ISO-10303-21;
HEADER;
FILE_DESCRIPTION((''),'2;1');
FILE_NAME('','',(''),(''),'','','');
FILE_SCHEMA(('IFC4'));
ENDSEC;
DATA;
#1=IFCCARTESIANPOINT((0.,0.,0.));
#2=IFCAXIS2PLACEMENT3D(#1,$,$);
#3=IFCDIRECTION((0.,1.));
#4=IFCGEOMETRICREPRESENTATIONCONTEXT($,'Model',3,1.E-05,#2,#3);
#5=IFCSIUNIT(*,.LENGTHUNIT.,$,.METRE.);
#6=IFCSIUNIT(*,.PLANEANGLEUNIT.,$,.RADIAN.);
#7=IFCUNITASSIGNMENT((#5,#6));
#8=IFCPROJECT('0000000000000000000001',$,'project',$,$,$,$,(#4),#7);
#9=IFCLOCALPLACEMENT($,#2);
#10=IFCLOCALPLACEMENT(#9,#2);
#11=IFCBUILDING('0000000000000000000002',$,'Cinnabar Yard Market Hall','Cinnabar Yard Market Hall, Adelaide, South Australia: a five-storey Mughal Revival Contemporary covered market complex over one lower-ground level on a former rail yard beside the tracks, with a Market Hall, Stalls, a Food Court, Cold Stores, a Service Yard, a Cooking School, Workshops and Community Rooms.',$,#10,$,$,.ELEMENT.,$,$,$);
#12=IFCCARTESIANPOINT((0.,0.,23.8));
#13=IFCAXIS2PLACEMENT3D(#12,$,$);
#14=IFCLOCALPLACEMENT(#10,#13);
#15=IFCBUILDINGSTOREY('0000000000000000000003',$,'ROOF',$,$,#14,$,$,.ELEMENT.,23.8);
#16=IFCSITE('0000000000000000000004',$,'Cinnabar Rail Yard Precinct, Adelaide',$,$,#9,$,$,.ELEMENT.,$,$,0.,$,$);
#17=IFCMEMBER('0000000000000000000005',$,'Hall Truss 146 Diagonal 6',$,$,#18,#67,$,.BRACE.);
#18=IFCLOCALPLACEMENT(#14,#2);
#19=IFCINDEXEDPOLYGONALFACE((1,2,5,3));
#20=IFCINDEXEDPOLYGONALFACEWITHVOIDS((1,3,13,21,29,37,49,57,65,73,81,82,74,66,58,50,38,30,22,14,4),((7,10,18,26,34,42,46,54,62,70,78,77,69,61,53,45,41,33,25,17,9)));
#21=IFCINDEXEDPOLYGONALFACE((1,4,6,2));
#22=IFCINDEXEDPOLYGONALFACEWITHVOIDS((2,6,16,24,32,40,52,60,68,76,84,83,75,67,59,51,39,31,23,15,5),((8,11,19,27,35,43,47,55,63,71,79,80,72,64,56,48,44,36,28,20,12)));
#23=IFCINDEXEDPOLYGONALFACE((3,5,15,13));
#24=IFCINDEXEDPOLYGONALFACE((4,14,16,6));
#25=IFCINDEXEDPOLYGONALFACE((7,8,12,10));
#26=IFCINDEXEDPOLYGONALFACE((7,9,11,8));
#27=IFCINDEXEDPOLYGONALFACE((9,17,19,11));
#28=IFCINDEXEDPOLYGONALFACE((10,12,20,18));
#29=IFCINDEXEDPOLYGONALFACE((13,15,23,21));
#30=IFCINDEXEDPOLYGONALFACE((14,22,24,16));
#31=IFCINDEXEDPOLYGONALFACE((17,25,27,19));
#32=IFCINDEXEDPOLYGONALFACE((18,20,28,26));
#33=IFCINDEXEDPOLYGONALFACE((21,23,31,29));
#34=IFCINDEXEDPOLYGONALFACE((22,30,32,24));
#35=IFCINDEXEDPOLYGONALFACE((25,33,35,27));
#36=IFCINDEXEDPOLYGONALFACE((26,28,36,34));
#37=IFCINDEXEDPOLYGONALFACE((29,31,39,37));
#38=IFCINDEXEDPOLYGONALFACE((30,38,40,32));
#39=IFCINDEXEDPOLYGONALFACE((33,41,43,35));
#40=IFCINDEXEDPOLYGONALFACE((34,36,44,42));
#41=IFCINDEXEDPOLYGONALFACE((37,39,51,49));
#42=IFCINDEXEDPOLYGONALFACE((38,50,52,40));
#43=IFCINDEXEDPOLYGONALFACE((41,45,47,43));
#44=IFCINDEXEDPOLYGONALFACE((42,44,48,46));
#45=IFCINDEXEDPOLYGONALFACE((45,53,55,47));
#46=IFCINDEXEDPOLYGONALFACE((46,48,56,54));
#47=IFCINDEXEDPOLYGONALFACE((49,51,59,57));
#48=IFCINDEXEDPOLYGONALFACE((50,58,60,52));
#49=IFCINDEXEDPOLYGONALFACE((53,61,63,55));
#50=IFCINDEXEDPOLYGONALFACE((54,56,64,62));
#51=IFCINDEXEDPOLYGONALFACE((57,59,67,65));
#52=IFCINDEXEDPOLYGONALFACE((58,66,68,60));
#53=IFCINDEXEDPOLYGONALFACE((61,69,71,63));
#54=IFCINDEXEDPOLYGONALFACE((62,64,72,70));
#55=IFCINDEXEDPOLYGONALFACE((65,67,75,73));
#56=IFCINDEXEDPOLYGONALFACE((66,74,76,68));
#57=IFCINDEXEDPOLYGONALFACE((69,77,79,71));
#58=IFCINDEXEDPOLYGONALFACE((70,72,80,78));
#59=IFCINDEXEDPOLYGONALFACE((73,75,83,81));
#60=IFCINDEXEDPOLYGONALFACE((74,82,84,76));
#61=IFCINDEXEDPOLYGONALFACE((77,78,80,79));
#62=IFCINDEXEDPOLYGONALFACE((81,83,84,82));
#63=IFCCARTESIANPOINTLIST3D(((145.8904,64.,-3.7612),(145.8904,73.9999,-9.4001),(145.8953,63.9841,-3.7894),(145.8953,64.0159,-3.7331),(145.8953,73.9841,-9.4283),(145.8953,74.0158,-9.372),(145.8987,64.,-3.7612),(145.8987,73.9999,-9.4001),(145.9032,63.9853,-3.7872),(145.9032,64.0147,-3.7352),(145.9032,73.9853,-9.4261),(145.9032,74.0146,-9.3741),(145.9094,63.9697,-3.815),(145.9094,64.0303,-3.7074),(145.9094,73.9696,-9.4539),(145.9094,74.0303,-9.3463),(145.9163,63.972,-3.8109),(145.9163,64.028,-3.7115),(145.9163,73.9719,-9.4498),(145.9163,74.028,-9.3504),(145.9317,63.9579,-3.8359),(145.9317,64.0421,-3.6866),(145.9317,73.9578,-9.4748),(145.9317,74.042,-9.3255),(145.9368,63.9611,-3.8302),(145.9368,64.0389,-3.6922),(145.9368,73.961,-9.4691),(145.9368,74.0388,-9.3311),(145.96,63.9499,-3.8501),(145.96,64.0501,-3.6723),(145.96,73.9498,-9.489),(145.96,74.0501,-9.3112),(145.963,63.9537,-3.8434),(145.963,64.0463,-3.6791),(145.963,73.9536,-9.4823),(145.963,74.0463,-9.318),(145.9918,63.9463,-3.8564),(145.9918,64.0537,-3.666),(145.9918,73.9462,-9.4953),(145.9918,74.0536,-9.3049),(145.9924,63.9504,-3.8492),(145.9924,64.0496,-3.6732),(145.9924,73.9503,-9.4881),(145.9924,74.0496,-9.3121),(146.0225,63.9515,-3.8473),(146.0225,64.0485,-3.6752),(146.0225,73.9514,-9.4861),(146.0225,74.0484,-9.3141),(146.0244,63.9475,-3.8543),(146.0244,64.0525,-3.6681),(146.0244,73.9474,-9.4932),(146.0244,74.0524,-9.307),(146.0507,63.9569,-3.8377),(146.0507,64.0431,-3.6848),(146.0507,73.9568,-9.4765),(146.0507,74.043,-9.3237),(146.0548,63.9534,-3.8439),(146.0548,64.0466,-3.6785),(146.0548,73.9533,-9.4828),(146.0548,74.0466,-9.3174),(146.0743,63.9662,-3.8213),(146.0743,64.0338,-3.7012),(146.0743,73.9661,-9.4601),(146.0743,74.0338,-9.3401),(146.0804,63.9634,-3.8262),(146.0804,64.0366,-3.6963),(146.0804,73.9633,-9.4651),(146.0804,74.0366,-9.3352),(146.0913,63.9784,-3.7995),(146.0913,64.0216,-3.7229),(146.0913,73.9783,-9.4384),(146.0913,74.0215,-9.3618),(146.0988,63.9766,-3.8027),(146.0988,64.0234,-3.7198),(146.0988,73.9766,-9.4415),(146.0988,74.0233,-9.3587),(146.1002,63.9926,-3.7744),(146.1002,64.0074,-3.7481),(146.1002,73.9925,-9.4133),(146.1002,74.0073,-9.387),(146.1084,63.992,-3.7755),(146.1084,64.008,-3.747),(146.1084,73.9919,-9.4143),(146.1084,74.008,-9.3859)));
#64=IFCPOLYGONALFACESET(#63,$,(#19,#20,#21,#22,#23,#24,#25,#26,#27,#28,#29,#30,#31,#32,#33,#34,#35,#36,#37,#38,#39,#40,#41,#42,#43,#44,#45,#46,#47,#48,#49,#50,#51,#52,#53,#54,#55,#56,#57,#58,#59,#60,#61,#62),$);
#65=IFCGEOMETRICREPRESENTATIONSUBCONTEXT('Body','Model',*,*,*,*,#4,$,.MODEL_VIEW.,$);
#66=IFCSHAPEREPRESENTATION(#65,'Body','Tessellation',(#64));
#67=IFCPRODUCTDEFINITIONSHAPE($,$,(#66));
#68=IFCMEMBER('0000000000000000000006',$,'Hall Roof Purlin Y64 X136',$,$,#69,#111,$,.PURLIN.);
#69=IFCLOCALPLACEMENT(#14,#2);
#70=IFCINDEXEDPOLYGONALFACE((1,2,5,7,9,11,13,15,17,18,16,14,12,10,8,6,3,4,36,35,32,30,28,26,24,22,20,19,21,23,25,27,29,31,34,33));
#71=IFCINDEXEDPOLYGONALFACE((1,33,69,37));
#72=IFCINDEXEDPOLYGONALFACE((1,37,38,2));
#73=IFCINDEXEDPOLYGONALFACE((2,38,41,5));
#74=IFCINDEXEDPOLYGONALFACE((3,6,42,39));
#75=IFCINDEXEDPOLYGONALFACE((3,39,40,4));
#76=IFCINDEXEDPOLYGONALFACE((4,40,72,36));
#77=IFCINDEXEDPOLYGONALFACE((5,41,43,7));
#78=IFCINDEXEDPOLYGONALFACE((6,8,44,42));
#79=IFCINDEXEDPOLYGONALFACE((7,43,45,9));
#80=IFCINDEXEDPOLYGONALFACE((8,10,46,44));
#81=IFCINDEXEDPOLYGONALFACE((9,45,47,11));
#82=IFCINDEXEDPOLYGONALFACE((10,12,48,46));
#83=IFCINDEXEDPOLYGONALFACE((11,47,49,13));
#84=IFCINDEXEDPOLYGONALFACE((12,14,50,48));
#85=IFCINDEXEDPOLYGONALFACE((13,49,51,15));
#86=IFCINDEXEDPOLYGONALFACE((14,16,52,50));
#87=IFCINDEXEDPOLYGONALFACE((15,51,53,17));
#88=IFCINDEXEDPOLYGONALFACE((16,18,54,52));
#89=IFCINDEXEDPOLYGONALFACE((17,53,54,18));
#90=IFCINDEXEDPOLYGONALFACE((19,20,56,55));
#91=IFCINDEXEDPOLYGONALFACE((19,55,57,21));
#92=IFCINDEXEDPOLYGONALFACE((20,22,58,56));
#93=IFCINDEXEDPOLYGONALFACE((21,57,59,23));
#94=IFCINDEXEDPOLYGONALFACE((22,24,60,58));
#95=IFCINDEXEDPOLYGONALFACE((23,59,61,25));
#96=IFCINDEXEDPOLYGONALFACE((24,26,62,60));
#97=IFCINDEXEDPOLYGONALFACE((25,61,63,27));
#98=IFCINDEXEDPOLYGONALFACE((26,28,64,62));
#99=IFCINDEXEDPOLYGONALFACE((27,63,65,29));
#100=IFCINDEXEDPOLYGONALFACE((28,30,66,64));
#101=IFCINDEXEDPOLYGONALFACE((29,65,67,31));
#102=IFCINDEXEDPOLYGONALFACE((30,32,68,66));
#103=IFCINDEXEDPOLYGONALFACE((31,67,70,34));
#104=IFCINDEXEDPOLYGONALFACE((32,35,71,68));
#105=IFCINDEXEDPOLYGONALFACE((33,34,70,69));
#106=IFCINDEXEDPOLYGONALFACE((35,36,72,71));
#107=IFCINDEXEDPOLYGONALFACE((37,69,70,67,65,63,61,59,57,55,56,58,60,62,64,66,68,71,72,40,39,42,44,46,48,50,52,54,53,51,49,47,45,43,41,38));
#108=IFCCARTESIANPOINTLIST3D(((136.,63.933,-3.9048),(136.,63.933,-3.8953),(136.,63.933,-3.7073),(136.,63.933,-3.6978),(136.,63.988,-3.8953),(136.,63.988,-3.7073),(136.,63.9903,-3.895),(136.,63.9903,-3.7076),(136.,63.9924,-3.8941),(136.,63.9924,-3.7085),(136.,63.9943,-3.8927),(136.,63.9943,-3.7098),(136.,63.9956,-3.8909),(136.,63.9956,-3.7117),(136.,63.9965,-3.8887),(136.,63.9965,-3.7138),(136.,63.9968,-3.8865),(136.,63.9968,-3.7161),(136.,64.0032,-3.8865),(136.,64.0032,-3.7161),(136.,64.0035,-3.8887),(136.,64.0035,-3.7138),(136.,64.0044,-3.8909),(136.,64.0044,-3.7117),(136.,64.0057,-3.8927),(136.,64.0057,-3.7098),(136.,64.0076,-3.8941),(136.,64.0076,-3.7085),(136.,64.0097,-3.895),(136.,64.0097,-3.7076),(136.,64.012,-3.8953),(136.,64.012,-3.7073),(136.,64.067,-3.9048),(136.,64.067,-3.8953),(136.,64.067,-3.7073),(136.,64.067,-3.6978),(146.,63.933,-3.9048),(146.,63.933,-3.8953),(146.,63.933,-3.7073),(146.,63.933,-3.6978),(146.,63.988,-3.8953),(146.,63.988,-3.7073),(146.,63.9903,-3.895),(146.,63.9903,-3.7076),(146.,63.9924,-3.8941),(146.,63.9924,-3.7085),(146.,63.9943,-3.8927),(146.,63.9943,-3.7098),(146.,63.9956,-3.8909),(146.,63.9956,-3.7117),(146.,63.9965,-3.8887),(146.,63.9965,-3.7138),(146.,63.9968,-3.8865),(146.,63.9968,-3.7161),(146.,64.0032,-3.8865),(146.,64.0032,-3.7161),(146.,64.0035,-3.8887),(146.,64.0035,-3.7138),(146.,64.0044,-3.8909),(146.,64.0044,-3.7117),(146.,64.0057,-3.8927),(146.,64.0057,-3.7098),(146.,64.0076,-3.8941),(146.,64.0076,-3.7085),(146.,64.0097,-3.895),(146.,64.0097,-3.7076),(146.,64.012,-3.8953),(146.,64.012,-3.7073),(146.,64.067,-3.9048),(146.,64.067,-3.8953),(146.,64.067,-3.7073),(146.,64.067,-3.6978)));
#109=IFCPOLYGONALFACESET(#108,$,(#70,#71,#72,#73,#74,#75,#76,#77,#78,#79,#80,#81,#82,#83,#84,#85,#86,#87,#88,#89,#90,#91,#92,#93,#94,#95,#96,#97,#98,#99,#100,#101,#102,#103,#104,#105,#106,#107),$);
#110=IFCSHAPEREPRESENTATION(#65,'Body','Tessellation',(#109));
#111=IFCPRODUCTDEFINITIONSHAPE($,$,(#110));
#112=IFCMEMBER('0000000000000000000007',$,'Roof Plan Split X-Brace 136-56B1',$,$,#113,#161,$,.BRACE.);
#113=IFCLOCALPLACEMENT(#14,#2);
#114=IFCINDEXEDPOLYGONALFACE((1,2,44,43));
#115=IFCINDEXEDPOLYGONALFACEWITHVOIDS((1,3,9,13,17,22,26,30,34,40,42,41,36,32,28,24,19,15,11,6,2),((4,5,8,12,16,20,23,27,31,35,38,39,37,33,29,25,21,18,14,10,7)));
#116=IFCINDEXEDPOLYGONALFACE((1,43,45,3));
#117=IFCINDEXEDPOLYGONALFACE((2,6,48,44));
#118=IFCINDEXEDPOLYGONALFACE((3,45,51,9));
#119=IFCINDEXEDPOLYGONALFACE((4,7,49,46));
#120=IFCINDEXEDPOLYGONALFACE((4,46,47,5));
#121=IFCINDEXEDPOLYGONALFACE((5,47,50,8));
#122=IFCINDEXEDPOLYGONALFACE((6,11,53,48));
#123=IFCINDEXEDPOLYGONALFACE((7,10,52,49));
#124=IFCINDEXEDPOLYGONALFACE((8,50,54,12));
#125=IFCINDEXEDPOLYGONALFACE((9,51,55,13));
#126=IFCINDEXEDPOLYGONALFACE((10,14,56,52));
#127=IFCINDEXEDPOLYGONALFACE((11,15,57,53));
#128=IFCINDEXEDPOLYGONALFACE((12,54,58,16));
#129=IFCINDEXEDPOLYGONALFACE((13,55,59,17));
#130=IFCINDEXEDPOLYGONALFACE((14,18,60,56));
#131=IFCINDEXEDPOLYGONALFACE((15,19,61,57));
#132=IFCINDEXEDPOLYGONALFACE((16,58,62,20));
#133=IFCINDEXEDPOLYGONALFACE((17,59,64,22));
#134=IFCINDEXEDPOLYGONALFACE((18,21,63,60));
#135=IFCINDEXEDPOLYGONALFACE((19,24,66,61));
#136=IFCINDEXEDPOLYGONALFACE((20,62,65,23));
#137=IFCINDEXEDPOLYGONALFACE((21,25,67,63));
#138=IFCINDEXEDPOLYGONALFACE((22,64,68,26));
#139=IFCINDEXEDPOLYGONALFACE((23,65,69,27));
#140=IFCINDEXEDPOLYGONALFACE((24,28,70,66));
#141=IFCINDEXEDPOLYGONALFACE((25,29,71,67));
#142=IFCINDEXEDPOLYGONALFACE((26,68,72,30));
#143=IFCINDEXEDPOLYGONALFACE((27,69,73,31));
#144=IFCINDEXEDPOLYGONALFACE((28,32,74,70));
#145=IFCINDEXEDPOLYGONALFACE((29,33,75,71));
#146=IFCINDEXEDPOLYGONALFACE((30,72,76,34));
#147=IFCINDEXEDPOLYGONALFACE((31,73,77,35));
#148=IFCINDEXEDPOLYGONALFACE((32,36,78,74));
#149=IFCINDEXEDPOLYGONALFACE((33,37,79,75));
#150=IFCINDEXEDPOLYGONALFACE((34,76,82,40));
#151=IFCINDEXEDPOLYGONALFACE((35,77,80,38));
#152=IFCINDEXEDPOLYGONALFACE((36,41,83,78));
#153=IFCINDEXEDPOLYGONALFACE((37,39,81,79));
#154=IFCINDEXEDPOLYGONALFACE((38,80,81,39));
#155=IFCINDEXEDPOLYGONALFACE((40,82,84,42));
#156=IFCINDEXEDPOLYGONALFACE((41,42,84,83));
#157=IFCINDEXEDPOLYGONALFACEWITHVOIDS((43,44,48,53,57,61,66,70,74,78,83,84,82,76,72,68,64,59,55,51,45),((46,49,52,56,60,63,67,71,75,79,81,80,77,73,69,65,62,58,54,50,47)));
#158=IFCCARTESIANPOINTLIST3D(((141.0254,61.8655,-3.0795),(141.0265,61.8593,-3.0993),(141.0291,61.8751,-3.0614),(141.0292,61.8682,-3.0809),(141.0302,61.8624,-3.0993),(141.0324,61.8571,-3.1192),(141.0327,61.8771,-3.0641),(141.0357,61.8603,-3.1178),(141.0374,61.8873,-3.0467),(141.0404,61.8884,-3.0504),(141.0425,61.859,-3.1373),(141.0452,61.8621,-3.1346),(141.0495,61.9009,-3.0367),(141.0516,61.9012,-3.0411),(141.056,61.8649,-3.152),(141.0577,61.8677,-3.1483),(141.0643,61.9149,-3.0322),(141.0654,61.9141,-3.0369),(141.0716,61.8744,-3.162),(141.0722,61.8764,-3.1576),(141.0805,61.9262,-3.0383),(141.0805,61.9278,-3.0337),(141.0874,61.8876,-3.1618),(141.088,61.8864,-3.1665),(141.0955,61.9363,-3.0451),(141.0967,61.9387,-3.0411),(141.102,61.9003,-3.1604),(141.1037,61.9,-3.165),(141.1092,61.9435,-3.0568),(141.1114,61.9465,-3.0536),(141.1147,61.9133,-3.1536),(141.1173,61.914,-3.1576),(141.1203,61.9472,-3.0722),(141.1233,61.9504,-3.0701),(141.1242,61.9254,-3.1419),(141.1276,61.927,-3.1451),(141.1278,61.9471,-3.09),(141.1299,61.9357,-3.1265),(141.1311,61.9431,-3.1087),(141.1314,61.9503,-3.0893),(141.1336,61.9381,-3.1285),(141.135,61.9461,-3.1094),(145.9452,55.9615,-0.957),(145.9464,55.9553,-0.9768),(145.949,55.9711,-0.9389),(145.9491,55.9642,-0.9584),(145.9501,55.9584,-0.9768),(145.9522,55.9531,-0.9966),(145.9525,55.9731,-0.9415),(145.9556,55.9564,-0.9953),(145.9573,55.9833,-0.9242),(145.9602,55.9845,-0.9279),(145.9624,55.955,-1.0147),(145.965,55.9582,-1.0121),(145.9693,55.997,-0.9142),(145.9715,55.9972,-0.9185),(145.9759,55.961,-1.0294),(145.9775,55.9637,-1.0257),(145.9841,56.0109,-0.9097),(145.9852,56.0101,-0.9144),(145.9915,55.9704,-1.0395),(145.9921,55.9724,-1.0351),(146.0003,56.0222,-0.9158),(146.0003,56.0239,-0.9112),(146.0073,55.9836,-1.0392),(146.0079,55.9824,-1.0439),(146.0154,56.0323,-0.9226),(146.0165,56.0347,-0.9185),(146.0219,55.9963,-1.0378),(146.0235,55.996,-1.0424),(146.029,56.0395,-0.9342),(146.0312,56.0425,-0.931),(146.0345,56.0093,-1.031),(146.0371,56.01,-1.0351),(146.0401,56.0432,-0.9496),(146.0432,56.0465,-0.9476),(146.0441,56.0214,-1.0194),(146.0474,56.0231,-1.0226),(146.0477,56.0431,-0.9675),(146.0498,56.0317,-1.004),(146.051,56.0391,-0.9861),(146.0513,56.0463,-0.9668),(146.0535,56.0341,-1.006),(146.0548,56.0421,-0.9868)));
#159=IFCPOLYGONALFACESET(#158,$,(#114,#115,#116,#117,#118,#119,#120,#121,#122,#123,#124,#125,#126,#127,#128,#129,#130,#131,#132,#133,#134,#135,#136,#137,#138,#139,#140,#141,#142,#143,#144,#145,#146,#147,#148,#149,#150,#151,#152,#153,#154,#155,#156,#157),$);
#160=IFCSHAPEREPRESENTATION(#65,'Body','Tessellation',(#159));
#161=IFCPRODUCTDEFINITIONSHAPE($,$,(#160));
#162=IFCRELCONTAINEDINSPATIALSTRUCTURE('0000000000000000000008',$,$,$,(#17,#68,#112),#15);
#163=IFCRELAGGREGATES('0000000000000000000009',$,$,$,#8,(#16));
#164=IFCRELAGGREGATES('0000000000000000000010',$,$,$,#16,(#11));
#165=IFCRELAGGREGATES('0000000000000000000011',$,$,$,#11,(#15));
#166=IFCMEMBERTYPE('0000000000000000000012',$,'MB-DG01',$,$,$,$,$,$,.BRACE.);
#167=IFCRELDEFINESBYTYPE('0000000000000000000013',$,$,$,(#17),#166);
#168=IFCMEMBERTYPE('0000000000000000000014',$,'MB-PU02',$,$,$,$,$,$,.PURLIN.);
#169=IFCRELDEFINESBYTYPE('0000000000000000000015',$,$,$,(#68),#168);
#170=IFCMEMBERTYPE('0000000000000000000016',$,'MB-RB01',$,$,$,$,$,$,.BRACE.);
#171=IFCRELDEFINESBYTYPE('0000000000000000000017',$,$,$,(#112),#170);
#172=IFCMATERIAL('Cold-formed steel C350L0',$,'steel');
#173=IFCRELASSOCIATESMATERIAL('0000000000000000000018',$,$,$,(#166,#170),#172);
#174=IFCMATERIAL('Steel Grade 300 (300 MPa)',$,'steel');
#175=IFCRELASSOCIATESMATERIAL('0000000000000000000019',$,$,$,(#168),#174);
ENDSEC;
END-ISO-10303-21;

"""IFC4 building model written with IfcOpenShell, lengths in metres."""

from ifc_helpers import new_model, si_unit, direction, frame, origin, origin_2d_with_axis, place, context, subcontext, project, spatial, hollow_circle, i_section, extrude, material, material_profile, profile_set, type_object, element, save


model = new_model("IFC4")

# Units and contexts
model_context = context("Model", 3, precision=1e-05, world=origin(), true_north=direction((0.0, 1.0)))
body_context = subcontext(model_context, "Body", "Model", "MODEL_VIEW")
ifc_project = project(units=[si_unit("LENGTHUNIT", "METRE"), si_unit("PLANEANGLEUNIT", "RADIAN")], contexts=[model_context])

# Site, building, storey
site_placement = place(None, origin())
site = spatial("IfcSite", under=ifc_project, at=site_placement, Name="Cinnabar Rail Yard Precinct, Adelaide", CompositionType="ELEMENT", RefElevation=0.0)
building_placement = place(site_placement, origin())
building = spatial("IfcBuilding", under=site, at=building_placement, Name="Cinnabar Yard Market Hall", Description="Cinnabar Yard Market Hall, Adelaide, South Australia: a five-storey Mughal Revival Contemporary covered market complex over one lower-ground level on a former rail yard beside the tracks, with a Market Hall, Stalls, a Food Court, Cold Stores, a Service Yard, a Cooking School, Workshops and Community Rooms.", CompositionType="ELEMENT")
storey_placement = place(building_placement, frame((0.0, 0.0, 23.8)))
storey = spatial("IfcBuildingStorey", under=building, at=storey_placement, Name="ROOF", CompositionType="ELEMENT", Elevation=23.8)

# Shared definitions
ifc_material_1 = material(Name="Steel Grade 300 (300 MPa)", Category="steel")
ifc_material_2 = material(Name="Cold-formed steel C350L0", Category="steel")

# Members
ifc_material_profile_1 = material_profile(ifc_material_2, hollow_circle(Radius=0.1096, WallThickness=0.0083, at=origin_2d_with_axis()), Name="219.1x8.2CHS")
ifc_profile_set_1 = profile_set([ifc_material_profile_1], Name="Cold-formed steel C350L0")
member_type_1 = type_object("IfcMemberType", Name="MB-DG01", PredefinedType="BRACE", material=ifc_profile_set_1)
for number, where, z_axis, x_axis, name in (
    (1, (146.0, 64.0, -3.7612), (0.0, 0.871057, -0.491182), (-1.0, 0.0, 0.0), "Hall Truss 146 Diagonal 6"),
):
    element("IfcMember", number, at=place(storey_placement, frame(where, z_axis=z_axis, x_axis=x_axis)), inside=storey, type_object=member_type_1, Name=name, PredefinedType="BRACE", context=body_context, shape_type="SweptSolid", body=[
        extrude(hollow_circle(Radius=0.1096, WallThickness=0.0083, at=origin_2d_with_axis()), origin(), (0.0, 0.0, 1.0), 11.4802),
    ])
ifc_material_profile_2 = material_profile(ifc_material_1, i_section(OverallWidth=0.134, OverallDepth=0.207, WebThickness=0.0063, FlangeThickness=0.0095, FilletRadius=0.0088, at=origin_2d_with_axis()), Name="200UB29.8")
ifc_profile_set_2 = profile_set([ifc_material_profile_2], Name="Steel Grade 300 (300 MPa)")
member_type_2 = type_object("IfcMemberType", Name="MB-PU02", PredefinedType="PURLIN", material=ifc_profile_set_2)
member_1_placement = place(storey_placement, frame((136.0, 64.0, -3.8013), z_axis=(1.0, 0.0, 0.0), x_axis=(0.0, 1.0, 0.0)))
element("IfcMember", 2, at=member_1_placement, inside=storey, type_object=member_type_2, Name="Hall Roof Purlin Y64 X136", PredefinedType="PURLIN", context=body_context, shape_type="SweptSolid", body=[
    extrude(i_section(OverallWidth=0.134, OverallDepth=0.207, WebThickness=0.0063, FlangeThickness=0.0095, FilletRadius=0.0088, at=origin_2d_with_axis()), origin(), (0.0, 0.0, 1.0), 10.0),
])
ifc_material_profile_3 = material_profile(ifc_material_2, hollow_circle(Radius=0.0698, WallThickness=0.0049, at=origin_2d_with_axis()), Name="139.7x5.0CHS")
ifc_profile_set_3 = profile_set([ifc_material_profile_3], Name="Cold-formed steel C350L0")
member_type_3 = type_object("IfcMemberType", Name="MB-RB01", PredefinedType="BRACE", material=ifc_profile_set_3)
for number, where, z_axis, x_axis, name in (
    (3, (146.0, 56.0, -0.9768), (-0.617073, 0.740506, -0.266218), (-0.768229, -0.640175, 0.0), "Roof Plan Split X-Brace 136-56B1"),
):
    element("IfcMember", number, at=place(storey_placement, frame(where, z_axis=z_axis, x_axis=x_axis)), inside=storey, type_object=member_type_3, Name=name, PredefinedType="BRACE", context=body_context, shape_type="SweptSolid", body=[
        extrude(hollow_circle(Radius=0.0698, WallThickness=0.0049, at=origin_2d_with_axis()), origin(), (0.0, 0.0, 1.0), 7.9729),
    ])

save(model, "model.ifc")
